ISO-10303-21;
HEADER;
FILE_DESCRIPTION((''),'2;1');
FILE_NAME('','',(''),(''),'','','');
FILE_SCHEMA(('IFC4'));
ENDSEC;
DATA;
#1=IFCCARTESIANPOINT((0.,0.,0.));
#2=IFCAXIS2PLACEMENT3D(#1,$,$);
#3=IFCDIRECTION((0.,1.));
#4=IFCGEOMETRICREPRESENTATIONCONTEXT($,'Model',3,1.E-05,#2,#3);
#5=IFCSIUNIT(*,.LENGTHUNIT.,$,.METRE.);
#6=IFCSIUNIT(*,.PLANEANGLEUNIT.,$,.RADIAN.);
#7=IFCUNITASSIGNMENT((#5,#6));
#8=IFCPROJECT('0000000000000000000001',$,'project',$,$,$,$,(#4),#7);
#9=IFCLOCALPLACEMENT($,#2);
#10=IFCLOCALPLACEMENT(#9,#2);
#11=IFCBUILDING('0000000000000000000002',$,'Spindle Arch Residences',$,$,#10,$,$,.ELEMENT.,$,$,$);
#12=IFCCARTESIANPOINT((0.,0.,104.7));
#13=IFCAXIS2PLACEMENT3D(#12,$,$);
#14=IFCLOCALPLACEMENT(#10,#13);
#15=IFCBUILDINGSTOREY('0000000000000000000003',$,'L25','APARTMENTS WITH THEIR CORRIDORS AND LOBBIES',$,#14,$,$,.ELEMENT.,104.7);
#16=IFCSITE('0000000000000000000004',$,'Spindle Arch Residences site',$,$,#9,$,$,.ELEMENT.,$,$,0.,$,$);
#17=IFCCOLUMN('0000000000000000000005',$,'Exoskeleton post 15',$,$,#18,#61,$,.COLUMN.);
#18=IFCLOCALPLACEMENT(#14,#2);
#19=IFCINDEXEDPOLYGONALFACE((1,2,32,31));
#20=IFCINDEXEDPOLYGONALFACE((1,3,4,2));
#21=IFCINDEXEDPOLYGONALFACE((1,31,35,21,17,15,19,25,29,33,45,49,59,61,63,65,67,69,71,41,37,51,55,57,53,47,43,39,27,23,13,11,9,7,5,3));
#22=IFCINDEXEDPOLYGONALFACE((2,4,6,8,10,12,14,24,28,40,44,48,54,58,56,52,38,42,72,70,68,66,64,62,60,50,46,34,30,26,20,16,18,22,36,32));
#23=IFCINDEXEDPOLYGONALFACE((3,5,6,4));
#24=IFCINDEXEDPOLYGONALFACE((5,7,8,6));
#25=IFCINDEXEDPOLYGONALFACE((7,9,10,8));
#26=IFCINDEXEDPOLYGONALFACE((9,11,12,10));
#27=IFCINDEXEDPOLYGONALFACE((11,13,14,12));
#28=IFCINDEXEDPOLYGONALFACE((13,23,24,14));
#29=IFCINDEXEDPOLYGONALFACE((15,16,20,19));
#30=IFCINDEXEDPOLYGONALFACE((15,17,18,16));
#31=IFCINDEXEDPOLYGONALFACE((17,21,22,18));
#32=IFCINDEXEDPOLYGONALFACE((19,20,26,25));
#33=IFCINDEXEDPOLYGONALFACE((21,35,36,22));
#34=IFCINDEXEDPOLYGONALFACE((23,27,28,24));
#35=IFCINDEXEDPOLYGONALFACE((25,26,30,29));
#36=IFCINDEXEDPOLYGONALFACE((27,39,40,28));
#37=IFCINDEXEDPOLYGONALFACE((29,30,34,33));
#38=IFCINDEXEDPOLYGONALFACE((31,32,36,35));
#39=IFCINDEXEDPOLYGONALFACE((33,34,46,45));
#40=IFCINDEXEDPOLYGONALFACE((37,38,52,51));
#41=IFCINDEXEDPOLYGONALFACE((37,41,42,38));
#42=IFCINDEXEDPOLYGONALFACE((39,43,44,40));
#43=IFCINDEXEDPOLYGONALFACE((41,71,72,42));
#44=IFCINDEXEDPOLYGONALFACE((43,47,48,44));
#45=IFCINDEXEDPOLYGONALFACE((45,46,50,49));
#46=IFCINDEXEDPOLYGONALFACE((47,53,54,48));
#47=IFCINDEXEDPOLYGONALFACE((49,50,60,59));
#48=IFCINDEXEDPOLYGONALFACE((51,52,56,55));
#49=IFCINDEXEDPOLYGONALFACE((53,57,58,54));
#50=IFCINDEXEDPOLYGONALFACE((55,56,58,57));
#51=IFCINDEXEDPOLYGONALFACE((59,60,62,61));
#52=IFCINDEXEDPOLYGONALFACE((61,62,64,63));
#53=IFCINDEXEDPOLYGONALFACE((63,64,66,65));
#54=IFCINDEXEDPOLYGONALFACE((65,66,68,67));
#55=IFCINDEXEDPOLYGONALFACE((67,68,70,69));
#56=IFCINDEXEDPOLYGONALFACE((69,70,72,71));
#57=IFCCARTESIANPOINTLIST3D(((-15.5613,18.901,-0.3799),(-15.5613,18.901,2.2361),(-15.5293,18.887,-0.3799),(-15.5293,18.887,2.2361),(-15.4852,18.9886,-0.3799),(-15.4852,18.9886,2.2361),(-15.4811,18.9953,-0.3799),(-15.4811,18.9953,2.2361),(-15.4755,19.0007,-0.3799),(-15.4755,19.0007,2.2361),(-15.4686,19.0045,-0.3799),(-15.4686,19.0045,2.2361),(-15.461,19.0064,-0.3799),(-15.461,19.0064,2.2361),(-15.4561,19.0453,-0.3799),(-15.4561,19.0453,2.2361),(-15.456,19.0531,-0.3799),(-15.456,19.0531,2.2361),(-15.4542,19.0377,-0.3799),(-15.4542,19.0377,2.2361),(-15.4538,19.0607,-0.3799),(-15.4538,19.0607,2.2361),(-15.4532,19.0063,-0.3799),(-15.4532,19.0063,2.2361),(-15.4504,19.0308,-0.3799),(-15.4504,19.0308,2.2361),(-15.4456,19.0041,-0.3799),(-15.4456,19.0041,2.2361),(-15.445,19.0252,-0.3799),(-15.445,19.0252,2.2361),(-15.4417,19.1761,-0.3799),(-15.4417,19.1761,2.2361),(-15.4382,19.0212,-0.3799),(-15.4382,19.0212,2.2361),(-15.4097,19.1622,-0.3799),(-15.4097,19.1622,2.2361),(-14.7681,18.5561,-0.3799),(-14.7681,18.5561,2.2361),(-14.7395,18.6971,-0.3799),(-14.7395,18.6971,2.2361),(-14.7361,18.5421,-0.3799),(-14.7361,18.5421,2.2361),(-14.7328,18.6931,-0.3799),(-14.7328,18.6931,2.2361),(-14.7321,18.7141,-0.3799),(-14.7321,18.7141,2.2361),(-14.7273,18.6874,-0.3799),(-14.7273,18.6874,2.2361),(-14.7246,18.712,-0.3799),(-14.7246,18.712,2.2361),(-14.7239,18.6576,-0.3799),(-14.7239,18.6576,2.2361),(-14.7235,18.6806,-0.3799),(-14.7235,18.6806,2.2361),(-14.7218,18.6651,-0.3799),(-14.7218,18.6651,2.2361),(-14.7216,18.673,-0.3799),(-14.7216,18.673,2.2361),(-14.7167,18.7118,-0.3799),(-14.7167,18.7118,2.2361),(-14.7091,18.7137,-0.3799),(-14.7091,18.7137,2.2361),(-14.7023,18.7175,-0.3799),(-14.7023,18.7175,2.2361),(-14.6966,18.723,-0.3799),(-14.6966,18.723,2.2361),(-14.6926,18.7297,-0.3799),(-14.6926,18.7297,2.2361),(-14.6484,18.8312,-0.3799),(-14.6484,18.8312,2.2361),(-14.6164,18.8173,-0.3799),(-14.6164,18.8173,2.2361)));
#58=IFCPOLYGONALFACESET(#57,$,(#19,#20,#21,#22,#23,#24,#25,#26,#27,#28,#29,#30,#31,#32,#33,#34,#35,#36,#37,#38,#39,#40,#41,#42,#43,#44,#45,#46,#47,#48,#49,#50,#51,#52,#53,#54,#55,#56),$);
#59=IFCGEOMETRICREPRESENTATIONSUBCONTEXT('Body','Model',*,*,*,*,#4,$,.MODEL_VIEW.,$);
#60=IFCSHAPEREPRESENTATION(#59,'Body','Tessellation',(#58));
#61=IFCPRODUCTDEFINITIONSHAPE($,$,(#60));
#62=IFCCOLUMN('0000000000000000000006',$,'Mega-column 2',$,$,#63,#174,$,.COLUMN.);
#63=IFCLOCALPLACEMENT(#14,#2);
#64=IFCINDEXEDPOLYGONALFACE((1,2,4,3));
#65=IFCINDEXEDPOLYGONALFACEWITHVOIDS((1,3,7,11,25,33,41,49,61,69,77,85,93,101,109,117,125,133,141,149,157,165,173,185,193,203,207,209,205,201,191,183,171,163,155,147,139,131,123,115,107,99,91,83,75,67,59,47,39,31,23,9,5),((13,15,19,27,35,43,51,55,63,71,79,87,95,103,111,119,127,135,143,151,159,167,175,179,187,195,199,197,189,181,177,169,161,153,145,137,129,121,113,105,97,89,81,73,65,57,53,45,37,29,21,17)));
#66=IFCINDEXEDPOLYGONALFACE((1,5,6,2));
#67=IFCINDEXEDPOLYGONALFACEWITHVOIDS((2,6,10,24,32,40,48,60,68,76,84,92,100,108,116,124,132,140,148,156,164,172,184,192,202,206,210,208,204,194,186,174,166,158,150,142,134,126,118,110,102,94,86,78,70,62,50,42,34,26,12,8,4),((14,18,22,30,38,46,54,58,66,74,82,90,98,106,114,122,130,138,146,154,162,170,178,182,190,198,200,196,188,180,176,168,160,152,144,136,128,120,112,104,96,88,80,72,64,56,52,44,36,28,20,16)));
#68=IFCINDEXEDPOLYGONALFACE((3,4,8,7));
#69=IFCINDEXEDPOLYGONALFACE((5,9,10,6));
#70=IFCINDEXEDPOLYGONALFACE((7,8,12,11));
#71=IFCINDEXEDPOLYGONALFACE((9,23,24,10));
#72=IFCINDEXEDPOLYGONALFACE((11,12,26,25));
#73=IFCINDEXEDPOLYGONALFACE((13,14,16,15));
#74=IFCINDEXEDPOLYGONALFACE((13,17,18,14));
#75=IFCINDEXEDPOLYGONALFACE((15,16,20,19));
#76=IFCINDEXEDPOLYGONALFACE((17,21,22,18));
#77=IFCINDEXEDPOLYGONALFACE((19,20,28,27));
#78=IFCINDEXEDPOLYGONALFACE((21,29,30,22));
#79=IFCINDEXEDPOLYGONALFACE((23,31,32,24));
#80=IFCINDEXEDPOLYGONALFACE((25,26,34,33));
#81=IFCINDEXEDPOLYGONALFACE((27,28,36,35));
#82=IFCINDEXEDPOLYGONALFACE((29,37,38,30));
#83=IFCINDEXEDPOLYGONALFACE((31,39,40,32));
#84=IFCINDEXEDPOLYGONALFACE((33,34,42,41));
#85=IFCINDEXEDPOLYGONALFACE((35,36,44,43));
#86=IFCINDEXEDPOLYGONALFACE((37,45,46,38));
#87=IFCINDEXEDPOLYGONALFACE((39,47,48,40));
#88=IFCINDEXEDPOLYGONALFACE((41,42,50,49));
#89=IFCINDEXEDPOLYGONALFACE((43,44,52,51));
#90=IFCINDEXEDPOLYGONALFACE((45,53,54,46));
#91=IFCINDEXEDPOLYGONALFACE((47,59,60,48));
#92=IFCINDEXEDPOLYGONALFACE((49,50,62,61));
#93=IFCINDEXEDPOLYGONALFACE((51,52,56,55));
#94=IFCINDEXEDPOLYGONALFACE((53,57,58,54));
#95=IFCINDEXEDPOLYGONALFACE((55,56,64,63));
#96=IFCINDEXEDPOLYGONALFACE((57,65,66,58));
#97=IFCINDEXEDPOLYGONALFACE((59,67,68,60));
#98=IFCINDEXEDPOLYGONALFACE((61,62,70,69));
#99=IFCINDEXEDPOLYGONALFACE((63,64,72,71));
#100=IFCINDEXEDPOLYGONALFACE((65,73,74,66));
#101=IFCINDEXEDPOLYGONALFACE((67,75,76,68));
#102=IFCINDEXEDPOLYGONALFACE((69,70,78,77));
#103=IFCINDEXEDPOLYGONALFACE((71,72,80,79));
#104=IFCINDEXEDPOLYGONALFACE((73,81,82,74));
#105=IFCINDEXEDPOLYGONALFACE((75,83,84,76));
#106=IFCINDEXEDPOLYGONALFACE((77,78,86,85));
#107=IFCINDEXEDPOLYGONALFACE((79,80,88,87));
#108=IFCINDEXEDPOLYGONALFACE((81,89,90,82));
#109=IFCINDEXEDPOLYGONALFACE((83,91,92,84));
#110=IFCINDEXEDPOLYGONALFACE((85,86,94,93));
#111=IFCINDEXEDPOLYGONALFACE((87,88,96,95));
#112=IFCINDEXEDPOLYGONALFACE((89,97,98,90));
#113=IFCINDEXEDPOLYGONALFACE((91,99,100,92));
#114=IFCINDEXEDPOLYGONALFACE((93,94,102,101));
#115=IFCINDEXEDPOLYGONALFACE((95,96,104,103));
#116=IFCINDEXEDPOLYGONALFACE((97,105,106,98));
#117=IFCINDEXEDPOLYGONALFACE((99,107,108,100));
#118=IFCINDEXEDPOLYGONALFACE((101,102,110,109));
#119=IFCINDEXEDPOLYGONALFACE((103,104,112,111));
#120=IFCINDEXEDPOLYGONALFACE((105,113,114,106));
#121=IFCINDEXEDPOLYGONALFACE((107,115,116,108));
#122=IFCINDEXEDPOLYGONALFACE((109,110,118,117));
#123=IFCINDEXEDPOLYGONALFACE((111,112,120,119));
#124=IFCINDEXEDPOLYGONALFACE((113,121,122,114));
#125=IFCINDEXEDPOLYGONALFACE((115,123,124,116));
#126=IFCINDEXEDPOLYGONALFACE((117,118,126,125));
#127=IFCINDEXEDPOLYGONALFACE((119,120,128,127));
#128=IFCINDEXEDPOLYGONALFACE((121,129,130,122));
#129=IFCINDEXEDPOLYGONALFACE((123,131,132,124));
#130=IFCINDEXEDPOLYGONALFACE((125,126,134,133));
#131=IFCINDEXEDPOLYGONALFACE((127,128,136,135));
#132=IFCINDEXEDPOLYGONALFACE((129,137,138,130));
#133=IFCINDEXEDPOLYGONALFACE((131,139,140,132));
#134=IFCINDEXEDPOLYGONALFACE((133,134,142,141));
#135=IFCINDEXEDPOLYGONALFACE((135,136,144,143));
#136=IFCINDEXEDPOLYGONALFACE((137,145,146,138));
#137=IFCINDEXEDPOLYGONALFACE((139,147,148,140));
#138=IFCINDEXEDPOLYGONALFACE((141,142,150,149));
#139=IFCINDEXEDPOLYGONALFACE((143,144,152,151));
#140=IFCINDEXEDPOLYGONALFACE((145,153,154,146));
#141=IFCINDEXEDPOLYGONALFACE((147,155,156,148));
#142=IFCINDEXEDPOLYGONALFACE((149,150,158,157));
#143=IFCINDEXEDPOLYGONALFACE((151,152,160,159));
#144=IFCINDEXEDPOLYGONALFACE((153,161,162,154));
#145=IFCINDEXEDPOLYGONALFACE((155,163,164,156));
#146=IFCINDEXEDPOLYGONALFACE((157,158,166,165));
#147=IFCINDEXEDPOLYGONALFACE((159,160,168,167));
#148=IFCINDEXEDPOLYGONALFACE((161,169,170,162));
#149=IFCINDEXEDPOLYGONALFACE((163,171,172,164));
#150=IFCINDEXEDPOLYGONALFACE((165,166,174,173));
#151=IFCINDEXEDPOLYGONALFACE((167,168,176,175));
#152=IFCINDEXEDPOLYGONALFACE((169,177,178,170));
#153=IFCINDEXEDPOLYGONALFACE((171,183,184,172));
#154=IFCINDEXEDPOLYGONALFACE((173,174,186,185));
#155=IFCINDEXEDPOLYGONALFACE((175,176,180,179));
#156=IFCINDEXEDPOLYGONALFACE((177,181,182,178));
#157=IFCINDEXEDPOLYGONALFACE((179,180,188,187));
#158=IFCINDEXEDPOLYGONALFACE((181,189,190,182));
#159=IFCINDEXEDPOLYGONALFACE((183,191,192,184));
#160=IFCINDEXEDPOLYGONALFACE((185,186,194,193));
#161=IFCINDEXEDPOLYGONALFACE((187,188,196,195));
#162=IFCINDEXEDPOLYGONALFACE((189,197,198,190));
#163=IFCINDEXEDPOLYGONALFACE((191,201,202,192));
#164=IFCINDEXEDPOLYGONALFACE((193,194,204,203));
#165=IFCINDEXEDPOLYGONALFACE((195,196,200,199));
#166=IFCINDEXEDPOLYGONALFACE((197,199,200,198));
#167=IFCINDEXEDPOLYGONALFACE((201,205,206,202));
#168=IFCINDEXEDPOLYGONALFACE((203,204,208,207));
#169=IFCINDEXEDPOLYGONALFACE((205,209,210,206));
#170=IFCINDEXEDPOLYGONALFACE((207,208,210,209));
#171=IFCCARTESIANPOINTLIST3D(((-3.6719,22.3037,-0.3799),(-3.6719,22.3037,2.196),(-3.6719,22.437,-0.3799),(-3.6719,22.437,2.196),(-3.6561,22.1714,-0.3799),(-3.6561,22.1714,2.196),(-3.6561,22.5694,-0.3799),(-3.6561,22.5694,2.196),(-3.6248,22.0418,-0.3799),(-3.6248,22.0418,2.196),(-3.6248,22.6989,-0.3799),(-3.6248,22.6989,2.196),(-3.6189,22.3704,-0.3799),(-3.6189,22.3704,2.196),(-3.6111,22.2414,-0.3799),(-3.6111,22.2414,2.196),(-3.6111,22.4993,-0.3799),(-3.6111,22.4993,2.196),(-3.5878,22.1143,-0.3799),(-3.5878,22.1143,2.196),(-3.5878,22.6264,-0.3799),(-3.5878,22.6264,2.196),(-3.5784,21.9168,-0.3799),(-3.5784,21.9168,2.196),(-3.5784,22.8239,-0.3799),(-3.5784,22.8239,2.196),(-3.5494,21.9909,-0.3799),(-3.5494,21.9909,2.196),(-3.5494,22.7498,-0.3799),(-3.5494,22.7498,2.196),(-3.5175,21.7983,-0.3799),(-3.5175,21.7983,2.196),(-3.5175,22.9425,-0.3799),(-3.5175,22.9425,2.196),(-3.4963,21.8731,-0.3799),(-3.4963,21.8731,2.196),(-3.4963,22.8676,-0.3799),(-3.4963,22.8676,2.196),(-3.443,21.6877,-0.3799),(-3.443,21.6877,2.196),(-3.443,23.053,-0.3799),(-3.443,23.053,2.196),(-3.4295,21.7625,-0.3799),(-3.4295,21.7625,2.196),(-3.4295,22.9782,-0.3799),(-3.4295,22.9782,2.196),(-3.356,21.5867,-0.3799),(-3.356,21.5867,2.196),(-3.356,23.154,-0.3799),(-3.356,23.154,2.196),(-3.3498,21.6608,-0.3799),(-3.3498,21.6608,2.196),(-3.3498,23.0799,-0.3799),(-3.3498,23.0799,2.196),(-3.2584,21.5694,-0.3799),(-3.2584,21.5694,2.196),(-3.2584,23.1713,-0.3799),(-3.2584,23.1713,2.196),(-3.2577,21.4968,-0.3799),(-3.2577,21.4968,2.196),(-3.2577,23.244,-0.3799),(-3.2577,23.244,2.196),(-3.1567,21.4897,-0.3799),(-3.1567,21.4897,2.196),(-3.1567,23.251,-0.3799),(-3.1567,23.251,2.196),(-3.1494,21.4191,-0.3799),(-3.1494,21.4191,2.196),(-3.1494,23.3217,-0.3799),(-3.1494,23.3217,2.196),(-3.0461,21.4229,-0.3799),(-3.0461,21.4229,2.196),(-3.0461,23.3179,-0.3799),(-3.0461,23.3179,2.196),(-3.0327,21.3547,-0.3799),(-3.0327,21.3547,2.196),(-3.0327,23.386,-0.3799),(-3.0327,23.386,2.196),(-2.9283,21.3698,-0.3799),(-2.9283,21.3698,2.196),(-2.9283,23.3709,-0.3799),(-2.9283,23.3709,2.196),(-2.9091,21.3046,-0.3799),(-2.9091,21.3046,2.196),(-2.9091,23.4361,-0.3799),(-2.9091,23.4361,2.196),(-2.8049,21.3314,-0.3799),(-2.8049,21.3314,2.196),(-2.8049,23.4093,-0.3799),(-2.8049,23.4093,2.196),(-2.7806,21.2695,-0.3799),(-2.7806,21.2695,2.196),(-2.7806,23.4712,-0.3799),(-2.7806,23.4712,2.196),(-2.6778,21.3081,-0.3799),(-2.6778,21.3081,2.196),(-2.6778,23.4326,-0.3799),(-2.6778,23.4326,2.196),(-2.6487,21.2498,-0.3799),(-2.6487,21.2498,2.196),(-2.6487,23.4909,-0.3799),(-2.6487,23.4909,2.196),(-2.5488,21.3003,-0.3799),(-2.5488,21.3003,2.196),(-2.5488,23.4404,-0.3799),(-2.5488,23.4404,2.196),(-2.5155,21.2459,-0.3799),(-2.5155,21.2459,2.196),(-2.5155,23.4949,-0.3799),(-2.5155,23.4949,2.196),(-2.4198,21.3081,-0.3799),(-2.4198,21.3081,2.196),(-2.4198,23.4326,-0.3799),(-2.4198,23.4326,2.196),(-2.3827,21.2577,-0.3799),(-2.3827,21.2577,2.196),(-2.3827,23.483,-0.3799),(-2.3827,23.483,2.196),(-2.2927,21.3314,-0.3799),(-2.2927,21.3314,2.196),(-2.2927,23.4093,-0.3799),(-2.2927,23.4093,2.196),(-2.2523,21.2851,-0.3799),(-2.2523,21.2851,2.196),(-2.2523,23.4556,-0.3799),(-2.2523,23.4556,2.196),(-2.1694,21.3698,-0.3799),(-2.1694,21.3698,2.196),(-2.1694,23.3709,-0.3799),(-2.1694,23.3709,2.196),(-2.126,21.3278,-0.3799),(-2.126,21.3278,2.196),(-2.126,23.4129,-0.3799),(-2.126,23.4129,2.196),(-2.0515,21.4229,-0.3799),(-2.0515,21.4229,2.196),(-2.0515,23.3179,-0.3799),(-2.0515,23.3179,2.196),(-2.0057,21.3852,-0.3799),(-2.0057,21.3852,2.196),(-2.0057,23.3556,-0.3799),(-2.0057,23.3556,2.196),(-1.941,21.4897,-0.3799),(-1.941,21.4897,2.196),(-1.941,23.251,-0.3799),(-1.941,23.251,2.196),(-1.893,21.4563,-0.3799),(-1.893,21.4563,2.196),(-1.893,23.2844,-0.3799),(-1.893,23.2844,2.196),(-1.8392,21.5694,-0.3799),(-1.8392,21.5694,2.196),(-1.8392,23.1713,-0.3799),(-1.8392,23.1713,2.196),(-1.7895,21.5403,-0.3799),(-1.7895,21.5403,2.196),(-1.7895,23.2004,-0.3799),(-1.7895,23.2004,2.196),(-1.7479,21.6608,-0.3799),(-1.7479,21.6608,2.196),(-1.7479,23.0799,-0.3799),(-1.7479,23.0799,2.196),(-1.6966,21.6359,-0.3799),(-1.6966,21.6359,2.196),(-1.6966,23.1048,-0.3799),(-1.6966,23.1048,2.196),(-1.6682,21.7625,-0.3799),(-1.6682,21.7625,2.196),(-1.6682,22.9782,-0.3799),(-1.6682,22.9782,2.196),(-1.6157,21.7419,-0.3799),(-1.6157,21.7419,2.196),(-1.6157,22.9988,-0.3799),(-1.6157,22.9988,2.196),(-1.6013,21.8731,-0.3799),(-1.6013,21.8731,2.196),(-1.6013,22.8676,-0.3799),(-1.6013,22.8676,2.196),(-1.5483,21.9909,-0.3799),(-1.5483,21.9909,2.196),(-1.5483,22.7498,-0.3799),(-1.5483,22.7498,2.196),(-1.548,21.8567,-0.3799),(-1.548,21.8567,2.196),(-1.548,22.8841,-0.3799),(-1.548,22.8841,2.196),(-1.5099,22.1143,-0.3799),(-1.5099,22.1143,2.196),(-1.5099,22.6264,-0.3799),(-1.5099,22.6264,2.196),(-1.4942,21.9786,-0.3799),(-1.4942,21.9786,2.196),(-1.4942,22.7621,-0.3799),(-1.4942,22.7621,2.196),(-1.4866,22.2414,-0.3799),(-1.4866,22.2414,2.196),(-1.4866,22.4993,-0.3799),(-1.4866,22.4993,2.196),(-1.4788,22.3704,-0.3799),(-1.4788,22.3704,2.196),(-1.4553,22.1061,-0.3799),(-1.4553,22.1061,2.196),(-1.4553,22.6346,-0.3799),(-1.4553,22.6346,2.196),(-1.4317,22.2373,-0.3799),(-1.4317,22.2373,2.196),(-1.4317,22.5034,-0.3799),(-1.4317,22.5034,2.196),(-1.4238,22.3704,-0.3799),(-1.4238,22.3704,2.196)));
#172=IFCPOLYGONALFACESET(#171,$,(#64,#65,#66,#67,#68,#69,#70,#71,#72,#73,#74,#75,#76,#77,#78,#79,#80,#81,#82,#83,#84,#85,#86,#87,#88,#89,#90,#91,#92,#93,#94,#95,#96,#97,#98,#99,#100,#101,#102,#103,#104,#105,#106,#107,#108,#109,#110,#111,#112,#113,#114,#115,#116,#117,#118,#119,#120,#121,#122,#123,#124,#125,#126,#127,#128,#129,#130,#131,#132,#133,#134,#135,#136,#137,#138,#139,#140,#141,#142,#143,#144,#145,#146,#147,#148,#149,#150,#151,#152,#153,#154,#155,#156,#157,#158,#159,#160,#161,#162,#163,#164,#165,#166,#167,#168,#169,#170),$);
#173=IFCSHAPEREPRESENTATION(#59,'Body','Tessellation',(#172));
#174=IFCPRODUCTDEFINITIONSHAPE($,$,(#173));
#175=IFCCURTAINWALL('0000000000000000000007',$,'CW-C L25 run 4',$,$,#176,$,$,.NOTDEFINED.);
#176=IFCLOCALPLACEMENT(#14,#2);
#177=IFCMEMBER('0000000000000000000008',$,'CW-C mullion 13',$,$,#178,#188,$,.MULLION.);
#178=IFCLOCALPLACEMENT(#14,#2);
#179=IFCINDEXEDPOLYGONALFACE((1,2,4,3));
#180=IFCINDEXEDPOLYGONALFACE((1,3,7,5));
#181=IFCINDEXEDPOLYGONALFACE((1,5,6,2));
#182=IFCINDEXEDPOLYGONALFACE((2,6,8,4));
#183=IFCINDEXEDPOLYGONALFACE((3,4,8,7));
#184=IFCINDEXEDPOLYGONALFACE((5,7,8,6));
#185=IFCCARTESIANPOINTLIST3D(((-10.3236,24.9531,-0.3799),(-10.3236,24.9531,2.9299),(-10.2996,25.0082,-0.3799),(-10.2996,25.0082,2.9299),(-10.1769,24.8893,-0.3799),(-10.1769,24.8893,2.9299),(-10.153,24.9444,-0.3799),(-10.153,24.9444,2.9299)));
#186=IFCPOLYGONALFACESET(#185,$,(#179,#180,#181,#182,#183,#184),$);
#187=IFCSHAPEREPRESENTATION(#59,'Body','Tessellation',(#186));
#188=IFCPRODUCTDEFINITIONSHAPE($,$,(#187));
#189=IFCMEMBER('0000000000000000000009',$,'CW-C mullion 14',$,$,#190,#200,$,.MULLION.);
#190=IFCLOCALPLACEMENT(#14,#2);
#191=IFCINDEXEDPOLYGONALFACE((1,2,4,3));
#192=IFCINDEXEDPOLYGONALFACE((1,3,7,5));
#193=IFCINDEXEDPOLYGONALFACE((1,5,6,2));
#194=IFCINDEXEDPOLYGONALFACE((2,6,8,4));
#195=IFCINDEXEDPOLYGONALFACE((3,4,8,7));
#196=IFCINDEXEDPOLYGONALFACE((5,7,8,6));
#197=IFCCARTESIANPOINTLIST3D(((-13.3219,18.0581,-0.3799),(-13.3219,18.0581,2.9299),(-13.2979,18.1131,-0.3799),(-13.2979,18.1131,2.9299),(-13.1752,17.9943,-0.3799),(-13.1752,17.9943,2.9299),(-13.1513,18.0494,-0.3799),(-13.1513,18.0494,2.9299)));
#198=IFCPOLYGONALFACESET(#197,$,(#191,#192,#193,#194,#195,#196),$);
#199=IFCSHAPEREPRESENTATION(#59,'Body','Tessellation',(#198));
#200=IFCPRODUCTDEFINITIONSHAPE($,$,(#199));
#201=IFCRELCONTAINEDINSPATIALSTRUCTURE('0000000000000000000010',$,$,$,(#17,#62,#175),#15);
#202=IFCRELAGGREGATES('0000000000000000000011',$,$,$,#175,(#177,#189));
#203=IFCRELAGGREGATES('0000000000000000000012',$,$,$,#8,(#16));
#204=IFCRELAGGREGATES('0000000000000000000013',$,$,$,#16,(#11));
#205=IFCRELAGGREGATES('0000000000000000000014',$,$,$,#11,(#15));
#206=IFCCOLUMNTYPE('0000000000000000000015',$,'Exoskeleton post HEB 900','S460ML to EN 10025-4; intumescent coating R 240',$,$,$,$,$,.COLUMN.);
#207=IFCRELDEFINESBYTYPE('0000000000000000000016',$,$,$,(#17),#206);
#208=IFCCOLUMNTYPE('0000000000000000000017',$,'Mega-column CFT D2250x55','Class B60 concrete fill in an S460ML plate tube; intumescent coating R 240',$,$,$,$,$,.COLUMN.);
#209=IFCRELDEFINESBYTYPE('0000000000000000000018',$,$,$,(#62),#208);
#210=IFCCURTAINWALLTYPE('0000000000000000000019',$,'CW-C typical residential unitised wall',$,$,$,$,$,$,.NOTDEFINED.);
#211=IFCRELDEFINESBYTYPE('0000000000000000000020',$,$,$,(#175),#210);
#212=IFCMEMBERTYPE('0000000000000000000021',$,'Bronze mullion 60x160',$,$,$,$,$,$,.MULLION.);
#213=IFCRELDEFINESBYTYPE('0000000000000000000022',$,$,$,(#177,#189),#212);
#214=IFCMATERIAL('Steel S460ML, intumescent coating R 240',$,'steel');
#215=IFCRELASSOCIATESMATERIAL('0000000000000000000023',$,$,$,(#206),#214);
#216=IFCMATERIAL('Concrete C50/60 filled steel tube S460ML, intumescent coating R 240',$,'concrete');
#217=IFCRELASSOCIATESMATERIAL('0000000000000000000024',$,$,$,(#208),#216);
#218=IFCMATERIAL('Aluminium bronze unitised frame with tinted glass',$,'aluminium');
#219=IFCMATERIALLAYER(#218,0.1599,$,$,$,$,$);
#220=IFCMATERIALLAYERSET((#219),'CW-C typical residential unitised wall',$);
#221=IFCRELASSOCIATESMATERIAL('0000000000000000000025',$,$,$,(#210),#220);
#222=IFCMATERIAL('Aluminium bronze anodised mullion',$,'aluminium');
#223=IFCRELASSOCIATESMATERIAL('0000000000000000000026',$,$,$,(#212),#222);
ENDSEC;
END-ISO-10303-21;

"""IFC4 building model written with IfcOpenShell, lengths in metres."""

from ifc_helpers import new_model, si_unit, direction, frame, origin, origin_2d, place, context, subcontext, project, spatial, rectangle, hollow_circle, i_section, extrude, material, layer, layer_set, material_profile, profile_set, type_object, element, aggregate, save


model = new_model("IFC4")

# Units and contexts
model_context = context("Model", 3, precision=1e-05, world=origin(), true_north=direction((0.0, 1.0)))
body_context = subcontext(model_context, "Body", "Model", "MODEL_VIEW")
ifc_project = project(units=[si_unit("LENGTHUNIT", "METRE"), si_unit("PLANEANGLEUNIT", "RADIAN")], contexts=[model_context])

# Site, building, storey
site_placement = place(None, origin())
site = spatial("IfcSite", under=ifc_project, at=site_placement, Name="Spindle Arch Residences site", CompositionType="ELEMENT", RefElevation=0.0)
building_placement = place(site_placement, origin())
building = spatial("IfcBuilding", under=site, at=building_placement, Name="Spindle Arch Residences", CompositionType="ELEMENT")
storey_placement = place(building_placement, frame((0.0, 0.0, 104.7)))
storey = spatial("IfcBuildingStorey", under=building, at=storey_placement, Name="L25", Description="APARTMENTS WITH THEIR CORRIDORS AND LOBBIES", CompositionType="ELEMENT", Elevation=104.7)

# Columns
ifc_material_1 = material(Name="Steel S460ML, intumescent coating R 240", Category="steel")
ifc_material_profile_1 = material_profile(ifc_material_1, i_section(OverallWidth=0.3, OverallDepth=0.8999, WebThickness=0.0186, FlangeThickness=0.0349, FilletRadius=0.03, at=origin_2d()), Name="HEB 900")
ifc_profile_set_1 = profile_set([ifc_material_profile_1], Name="Steel S460ML, intumescent coating R 240")
column_type_1 = type_object("IfcColumnType", Name="Exoskeleton post HEB 900", Description="S460ML to EN 10025-4; intumescent coating R 240", PredefinedType="COLUMN", material=ifc_profile_set_1)
column_1_placement = place(storey_placement, frame((-15.0889, 18.8591, -0.3799), z_axis=(0.0, 0.0, 1.0), x_axis=(0.398749, 0.91706, 0.0)))
element("IfcColumn", 1, at=column_1_placement, inside=storey, type_object=column_type_1, Name="Exoskeleton post 15", PredefinedType="COLUMN", context=body_context, shape_type="SweptSolid", body=[
    extrude(i_section(OverallWidth=0.3, OverallDepth=0.8999, WebThickness=0.0186, FlangeThickness=0.0349, FilletRadius=0.03, at=origin_2d()), origin(), (0.0, 0.0, 1.0), 2.616),
])
ifc_material_2 = material(Name="Concrete C50/60 filled steel tube S460ML, intumescent coating R 240", Category="concrete")
ifc_material_profile_2 = material_profile(ifc_material_2, hollow_circle(Radius=1.125, WallThickness=0.0549, at=origin_2d()), Name="CFT D2250x55")
ifc_profile_set_2 = profile_set([ifc_material_profile_2], Name="Concrete C50/60 filled steel tube S460ML, intumescent coating R 240")
column_type_2 = type_object("IfcColumnType", Name="Mega-column CFT D2250x55", Description="Class B60 concrete fill in an S460ML plate tube; intumescent coating R 240", PredefinedType="COLUMN", material=ifc_profile_set_2)
column_2_placement = place(storey_placement, frame((-2.5488, 22.3704, -0.3799), z_axis=(0.0, 0.0, 1.0), x_axis=(1.0, 0.0, 0.0)))
element("IfcColumn", 2, at=column_2_placement, inside=storey, type_object=column_type_2, Name="Mega-column 2", PredefinedType="COLUMN", context=body_context, shape_type="SweptSolid", body=[
    extrude(hollow_circle(Radius=1.125, WallThickness=0.0549, at=origin_2d()), origin(), (0.0, 0.0, 1.0), 2.5759),
])

# Curtain wall, members
ifc_material_3 = material(Name="Aluminium bronze unitised frame with tinted glass", Category="aluminium")
ifc_layer_1 = layer(ifc_material_3, 0.1599)
ifc_layer_set_1 = layer_set([ifc_layer_1], Name="CW-C typical residential unitised wall")
curtain_wall_type_1 = type_object("IfcCurtainWallType", Name="CW-C typical residential unitised wall", PredefinedType="NOTDEFINED", material=ifc_layer_set_1)
curtain_wall_1_placement = place(storey_placement, origin())
curtain_wall_1 = element("IfcCurtainWall", 3, at=curtain_wall_1_placement, inside=storey, type_object=curtain_wall_type_1, Name="CW-C L25 run 4", PredefinedType="NOTDEFINED")
ifc_material_4 = material(Name="Aluminium bronze anodised mullion", Category="aluminium")
ifc_material_profile_3 = material_profile(ifc_material_4, rectangle(XDim=0.1599, YDim=0.0601, at=origin_2d()), Name="MU 60x160")
ifc_profile_set_3 = profile_set([ifc_material_profile_3], Name="Aluminium bronze anodised mullion")
member_type_1 = type_object("IfcMemberType", Name="Bronze mullion 60x160", PredefinedType="MULLION", material=ifc_profile_set_3)
member_1_placement = place(storey_placement, frame((-10.2383, 24.9487, -0.3799), z_axis=(0.0, 0.0, 1.0), x_axis=(0.91706, -0.398749, 0.0)))
member_1 = element("IfcMember", 4, at=member_1_placement, type_object=member_type_1, Name="CW-C mullion 13", PredefinedType="MULLION", context=body_context, shape_type="SweptSolid", body=[
    extrude(rectangle(XDim=0.1599, YDim=0.0601, at=origin_2d()), origin(), (0.0, 0.0, 1.0), 3.3098),
])
member_2_placement = place(storey_placement, frame((-13.2366, 18.0537, -0.3799), z_axis=(0.0, 0.0, 1.0), x_axis=(0.91706, -0.398749, 0.0)))
member_2 = element("IfcMember", 5, at=member_2_placement, type_object=member_type_1, Name="CW-C mullion 14", PredefinedType="MULLION", context=body_context, shape_type="SweptSolid", body=[
    extrude(rectangle(XDim=0.1599, YDim=0.0601, at=origin_2d()), origin(), (0.0, 0.0, 1.0), 3.3098),
])

aggregate(curtain_wall_1, [member_1, member_2])

save(model, "model.ifc")
